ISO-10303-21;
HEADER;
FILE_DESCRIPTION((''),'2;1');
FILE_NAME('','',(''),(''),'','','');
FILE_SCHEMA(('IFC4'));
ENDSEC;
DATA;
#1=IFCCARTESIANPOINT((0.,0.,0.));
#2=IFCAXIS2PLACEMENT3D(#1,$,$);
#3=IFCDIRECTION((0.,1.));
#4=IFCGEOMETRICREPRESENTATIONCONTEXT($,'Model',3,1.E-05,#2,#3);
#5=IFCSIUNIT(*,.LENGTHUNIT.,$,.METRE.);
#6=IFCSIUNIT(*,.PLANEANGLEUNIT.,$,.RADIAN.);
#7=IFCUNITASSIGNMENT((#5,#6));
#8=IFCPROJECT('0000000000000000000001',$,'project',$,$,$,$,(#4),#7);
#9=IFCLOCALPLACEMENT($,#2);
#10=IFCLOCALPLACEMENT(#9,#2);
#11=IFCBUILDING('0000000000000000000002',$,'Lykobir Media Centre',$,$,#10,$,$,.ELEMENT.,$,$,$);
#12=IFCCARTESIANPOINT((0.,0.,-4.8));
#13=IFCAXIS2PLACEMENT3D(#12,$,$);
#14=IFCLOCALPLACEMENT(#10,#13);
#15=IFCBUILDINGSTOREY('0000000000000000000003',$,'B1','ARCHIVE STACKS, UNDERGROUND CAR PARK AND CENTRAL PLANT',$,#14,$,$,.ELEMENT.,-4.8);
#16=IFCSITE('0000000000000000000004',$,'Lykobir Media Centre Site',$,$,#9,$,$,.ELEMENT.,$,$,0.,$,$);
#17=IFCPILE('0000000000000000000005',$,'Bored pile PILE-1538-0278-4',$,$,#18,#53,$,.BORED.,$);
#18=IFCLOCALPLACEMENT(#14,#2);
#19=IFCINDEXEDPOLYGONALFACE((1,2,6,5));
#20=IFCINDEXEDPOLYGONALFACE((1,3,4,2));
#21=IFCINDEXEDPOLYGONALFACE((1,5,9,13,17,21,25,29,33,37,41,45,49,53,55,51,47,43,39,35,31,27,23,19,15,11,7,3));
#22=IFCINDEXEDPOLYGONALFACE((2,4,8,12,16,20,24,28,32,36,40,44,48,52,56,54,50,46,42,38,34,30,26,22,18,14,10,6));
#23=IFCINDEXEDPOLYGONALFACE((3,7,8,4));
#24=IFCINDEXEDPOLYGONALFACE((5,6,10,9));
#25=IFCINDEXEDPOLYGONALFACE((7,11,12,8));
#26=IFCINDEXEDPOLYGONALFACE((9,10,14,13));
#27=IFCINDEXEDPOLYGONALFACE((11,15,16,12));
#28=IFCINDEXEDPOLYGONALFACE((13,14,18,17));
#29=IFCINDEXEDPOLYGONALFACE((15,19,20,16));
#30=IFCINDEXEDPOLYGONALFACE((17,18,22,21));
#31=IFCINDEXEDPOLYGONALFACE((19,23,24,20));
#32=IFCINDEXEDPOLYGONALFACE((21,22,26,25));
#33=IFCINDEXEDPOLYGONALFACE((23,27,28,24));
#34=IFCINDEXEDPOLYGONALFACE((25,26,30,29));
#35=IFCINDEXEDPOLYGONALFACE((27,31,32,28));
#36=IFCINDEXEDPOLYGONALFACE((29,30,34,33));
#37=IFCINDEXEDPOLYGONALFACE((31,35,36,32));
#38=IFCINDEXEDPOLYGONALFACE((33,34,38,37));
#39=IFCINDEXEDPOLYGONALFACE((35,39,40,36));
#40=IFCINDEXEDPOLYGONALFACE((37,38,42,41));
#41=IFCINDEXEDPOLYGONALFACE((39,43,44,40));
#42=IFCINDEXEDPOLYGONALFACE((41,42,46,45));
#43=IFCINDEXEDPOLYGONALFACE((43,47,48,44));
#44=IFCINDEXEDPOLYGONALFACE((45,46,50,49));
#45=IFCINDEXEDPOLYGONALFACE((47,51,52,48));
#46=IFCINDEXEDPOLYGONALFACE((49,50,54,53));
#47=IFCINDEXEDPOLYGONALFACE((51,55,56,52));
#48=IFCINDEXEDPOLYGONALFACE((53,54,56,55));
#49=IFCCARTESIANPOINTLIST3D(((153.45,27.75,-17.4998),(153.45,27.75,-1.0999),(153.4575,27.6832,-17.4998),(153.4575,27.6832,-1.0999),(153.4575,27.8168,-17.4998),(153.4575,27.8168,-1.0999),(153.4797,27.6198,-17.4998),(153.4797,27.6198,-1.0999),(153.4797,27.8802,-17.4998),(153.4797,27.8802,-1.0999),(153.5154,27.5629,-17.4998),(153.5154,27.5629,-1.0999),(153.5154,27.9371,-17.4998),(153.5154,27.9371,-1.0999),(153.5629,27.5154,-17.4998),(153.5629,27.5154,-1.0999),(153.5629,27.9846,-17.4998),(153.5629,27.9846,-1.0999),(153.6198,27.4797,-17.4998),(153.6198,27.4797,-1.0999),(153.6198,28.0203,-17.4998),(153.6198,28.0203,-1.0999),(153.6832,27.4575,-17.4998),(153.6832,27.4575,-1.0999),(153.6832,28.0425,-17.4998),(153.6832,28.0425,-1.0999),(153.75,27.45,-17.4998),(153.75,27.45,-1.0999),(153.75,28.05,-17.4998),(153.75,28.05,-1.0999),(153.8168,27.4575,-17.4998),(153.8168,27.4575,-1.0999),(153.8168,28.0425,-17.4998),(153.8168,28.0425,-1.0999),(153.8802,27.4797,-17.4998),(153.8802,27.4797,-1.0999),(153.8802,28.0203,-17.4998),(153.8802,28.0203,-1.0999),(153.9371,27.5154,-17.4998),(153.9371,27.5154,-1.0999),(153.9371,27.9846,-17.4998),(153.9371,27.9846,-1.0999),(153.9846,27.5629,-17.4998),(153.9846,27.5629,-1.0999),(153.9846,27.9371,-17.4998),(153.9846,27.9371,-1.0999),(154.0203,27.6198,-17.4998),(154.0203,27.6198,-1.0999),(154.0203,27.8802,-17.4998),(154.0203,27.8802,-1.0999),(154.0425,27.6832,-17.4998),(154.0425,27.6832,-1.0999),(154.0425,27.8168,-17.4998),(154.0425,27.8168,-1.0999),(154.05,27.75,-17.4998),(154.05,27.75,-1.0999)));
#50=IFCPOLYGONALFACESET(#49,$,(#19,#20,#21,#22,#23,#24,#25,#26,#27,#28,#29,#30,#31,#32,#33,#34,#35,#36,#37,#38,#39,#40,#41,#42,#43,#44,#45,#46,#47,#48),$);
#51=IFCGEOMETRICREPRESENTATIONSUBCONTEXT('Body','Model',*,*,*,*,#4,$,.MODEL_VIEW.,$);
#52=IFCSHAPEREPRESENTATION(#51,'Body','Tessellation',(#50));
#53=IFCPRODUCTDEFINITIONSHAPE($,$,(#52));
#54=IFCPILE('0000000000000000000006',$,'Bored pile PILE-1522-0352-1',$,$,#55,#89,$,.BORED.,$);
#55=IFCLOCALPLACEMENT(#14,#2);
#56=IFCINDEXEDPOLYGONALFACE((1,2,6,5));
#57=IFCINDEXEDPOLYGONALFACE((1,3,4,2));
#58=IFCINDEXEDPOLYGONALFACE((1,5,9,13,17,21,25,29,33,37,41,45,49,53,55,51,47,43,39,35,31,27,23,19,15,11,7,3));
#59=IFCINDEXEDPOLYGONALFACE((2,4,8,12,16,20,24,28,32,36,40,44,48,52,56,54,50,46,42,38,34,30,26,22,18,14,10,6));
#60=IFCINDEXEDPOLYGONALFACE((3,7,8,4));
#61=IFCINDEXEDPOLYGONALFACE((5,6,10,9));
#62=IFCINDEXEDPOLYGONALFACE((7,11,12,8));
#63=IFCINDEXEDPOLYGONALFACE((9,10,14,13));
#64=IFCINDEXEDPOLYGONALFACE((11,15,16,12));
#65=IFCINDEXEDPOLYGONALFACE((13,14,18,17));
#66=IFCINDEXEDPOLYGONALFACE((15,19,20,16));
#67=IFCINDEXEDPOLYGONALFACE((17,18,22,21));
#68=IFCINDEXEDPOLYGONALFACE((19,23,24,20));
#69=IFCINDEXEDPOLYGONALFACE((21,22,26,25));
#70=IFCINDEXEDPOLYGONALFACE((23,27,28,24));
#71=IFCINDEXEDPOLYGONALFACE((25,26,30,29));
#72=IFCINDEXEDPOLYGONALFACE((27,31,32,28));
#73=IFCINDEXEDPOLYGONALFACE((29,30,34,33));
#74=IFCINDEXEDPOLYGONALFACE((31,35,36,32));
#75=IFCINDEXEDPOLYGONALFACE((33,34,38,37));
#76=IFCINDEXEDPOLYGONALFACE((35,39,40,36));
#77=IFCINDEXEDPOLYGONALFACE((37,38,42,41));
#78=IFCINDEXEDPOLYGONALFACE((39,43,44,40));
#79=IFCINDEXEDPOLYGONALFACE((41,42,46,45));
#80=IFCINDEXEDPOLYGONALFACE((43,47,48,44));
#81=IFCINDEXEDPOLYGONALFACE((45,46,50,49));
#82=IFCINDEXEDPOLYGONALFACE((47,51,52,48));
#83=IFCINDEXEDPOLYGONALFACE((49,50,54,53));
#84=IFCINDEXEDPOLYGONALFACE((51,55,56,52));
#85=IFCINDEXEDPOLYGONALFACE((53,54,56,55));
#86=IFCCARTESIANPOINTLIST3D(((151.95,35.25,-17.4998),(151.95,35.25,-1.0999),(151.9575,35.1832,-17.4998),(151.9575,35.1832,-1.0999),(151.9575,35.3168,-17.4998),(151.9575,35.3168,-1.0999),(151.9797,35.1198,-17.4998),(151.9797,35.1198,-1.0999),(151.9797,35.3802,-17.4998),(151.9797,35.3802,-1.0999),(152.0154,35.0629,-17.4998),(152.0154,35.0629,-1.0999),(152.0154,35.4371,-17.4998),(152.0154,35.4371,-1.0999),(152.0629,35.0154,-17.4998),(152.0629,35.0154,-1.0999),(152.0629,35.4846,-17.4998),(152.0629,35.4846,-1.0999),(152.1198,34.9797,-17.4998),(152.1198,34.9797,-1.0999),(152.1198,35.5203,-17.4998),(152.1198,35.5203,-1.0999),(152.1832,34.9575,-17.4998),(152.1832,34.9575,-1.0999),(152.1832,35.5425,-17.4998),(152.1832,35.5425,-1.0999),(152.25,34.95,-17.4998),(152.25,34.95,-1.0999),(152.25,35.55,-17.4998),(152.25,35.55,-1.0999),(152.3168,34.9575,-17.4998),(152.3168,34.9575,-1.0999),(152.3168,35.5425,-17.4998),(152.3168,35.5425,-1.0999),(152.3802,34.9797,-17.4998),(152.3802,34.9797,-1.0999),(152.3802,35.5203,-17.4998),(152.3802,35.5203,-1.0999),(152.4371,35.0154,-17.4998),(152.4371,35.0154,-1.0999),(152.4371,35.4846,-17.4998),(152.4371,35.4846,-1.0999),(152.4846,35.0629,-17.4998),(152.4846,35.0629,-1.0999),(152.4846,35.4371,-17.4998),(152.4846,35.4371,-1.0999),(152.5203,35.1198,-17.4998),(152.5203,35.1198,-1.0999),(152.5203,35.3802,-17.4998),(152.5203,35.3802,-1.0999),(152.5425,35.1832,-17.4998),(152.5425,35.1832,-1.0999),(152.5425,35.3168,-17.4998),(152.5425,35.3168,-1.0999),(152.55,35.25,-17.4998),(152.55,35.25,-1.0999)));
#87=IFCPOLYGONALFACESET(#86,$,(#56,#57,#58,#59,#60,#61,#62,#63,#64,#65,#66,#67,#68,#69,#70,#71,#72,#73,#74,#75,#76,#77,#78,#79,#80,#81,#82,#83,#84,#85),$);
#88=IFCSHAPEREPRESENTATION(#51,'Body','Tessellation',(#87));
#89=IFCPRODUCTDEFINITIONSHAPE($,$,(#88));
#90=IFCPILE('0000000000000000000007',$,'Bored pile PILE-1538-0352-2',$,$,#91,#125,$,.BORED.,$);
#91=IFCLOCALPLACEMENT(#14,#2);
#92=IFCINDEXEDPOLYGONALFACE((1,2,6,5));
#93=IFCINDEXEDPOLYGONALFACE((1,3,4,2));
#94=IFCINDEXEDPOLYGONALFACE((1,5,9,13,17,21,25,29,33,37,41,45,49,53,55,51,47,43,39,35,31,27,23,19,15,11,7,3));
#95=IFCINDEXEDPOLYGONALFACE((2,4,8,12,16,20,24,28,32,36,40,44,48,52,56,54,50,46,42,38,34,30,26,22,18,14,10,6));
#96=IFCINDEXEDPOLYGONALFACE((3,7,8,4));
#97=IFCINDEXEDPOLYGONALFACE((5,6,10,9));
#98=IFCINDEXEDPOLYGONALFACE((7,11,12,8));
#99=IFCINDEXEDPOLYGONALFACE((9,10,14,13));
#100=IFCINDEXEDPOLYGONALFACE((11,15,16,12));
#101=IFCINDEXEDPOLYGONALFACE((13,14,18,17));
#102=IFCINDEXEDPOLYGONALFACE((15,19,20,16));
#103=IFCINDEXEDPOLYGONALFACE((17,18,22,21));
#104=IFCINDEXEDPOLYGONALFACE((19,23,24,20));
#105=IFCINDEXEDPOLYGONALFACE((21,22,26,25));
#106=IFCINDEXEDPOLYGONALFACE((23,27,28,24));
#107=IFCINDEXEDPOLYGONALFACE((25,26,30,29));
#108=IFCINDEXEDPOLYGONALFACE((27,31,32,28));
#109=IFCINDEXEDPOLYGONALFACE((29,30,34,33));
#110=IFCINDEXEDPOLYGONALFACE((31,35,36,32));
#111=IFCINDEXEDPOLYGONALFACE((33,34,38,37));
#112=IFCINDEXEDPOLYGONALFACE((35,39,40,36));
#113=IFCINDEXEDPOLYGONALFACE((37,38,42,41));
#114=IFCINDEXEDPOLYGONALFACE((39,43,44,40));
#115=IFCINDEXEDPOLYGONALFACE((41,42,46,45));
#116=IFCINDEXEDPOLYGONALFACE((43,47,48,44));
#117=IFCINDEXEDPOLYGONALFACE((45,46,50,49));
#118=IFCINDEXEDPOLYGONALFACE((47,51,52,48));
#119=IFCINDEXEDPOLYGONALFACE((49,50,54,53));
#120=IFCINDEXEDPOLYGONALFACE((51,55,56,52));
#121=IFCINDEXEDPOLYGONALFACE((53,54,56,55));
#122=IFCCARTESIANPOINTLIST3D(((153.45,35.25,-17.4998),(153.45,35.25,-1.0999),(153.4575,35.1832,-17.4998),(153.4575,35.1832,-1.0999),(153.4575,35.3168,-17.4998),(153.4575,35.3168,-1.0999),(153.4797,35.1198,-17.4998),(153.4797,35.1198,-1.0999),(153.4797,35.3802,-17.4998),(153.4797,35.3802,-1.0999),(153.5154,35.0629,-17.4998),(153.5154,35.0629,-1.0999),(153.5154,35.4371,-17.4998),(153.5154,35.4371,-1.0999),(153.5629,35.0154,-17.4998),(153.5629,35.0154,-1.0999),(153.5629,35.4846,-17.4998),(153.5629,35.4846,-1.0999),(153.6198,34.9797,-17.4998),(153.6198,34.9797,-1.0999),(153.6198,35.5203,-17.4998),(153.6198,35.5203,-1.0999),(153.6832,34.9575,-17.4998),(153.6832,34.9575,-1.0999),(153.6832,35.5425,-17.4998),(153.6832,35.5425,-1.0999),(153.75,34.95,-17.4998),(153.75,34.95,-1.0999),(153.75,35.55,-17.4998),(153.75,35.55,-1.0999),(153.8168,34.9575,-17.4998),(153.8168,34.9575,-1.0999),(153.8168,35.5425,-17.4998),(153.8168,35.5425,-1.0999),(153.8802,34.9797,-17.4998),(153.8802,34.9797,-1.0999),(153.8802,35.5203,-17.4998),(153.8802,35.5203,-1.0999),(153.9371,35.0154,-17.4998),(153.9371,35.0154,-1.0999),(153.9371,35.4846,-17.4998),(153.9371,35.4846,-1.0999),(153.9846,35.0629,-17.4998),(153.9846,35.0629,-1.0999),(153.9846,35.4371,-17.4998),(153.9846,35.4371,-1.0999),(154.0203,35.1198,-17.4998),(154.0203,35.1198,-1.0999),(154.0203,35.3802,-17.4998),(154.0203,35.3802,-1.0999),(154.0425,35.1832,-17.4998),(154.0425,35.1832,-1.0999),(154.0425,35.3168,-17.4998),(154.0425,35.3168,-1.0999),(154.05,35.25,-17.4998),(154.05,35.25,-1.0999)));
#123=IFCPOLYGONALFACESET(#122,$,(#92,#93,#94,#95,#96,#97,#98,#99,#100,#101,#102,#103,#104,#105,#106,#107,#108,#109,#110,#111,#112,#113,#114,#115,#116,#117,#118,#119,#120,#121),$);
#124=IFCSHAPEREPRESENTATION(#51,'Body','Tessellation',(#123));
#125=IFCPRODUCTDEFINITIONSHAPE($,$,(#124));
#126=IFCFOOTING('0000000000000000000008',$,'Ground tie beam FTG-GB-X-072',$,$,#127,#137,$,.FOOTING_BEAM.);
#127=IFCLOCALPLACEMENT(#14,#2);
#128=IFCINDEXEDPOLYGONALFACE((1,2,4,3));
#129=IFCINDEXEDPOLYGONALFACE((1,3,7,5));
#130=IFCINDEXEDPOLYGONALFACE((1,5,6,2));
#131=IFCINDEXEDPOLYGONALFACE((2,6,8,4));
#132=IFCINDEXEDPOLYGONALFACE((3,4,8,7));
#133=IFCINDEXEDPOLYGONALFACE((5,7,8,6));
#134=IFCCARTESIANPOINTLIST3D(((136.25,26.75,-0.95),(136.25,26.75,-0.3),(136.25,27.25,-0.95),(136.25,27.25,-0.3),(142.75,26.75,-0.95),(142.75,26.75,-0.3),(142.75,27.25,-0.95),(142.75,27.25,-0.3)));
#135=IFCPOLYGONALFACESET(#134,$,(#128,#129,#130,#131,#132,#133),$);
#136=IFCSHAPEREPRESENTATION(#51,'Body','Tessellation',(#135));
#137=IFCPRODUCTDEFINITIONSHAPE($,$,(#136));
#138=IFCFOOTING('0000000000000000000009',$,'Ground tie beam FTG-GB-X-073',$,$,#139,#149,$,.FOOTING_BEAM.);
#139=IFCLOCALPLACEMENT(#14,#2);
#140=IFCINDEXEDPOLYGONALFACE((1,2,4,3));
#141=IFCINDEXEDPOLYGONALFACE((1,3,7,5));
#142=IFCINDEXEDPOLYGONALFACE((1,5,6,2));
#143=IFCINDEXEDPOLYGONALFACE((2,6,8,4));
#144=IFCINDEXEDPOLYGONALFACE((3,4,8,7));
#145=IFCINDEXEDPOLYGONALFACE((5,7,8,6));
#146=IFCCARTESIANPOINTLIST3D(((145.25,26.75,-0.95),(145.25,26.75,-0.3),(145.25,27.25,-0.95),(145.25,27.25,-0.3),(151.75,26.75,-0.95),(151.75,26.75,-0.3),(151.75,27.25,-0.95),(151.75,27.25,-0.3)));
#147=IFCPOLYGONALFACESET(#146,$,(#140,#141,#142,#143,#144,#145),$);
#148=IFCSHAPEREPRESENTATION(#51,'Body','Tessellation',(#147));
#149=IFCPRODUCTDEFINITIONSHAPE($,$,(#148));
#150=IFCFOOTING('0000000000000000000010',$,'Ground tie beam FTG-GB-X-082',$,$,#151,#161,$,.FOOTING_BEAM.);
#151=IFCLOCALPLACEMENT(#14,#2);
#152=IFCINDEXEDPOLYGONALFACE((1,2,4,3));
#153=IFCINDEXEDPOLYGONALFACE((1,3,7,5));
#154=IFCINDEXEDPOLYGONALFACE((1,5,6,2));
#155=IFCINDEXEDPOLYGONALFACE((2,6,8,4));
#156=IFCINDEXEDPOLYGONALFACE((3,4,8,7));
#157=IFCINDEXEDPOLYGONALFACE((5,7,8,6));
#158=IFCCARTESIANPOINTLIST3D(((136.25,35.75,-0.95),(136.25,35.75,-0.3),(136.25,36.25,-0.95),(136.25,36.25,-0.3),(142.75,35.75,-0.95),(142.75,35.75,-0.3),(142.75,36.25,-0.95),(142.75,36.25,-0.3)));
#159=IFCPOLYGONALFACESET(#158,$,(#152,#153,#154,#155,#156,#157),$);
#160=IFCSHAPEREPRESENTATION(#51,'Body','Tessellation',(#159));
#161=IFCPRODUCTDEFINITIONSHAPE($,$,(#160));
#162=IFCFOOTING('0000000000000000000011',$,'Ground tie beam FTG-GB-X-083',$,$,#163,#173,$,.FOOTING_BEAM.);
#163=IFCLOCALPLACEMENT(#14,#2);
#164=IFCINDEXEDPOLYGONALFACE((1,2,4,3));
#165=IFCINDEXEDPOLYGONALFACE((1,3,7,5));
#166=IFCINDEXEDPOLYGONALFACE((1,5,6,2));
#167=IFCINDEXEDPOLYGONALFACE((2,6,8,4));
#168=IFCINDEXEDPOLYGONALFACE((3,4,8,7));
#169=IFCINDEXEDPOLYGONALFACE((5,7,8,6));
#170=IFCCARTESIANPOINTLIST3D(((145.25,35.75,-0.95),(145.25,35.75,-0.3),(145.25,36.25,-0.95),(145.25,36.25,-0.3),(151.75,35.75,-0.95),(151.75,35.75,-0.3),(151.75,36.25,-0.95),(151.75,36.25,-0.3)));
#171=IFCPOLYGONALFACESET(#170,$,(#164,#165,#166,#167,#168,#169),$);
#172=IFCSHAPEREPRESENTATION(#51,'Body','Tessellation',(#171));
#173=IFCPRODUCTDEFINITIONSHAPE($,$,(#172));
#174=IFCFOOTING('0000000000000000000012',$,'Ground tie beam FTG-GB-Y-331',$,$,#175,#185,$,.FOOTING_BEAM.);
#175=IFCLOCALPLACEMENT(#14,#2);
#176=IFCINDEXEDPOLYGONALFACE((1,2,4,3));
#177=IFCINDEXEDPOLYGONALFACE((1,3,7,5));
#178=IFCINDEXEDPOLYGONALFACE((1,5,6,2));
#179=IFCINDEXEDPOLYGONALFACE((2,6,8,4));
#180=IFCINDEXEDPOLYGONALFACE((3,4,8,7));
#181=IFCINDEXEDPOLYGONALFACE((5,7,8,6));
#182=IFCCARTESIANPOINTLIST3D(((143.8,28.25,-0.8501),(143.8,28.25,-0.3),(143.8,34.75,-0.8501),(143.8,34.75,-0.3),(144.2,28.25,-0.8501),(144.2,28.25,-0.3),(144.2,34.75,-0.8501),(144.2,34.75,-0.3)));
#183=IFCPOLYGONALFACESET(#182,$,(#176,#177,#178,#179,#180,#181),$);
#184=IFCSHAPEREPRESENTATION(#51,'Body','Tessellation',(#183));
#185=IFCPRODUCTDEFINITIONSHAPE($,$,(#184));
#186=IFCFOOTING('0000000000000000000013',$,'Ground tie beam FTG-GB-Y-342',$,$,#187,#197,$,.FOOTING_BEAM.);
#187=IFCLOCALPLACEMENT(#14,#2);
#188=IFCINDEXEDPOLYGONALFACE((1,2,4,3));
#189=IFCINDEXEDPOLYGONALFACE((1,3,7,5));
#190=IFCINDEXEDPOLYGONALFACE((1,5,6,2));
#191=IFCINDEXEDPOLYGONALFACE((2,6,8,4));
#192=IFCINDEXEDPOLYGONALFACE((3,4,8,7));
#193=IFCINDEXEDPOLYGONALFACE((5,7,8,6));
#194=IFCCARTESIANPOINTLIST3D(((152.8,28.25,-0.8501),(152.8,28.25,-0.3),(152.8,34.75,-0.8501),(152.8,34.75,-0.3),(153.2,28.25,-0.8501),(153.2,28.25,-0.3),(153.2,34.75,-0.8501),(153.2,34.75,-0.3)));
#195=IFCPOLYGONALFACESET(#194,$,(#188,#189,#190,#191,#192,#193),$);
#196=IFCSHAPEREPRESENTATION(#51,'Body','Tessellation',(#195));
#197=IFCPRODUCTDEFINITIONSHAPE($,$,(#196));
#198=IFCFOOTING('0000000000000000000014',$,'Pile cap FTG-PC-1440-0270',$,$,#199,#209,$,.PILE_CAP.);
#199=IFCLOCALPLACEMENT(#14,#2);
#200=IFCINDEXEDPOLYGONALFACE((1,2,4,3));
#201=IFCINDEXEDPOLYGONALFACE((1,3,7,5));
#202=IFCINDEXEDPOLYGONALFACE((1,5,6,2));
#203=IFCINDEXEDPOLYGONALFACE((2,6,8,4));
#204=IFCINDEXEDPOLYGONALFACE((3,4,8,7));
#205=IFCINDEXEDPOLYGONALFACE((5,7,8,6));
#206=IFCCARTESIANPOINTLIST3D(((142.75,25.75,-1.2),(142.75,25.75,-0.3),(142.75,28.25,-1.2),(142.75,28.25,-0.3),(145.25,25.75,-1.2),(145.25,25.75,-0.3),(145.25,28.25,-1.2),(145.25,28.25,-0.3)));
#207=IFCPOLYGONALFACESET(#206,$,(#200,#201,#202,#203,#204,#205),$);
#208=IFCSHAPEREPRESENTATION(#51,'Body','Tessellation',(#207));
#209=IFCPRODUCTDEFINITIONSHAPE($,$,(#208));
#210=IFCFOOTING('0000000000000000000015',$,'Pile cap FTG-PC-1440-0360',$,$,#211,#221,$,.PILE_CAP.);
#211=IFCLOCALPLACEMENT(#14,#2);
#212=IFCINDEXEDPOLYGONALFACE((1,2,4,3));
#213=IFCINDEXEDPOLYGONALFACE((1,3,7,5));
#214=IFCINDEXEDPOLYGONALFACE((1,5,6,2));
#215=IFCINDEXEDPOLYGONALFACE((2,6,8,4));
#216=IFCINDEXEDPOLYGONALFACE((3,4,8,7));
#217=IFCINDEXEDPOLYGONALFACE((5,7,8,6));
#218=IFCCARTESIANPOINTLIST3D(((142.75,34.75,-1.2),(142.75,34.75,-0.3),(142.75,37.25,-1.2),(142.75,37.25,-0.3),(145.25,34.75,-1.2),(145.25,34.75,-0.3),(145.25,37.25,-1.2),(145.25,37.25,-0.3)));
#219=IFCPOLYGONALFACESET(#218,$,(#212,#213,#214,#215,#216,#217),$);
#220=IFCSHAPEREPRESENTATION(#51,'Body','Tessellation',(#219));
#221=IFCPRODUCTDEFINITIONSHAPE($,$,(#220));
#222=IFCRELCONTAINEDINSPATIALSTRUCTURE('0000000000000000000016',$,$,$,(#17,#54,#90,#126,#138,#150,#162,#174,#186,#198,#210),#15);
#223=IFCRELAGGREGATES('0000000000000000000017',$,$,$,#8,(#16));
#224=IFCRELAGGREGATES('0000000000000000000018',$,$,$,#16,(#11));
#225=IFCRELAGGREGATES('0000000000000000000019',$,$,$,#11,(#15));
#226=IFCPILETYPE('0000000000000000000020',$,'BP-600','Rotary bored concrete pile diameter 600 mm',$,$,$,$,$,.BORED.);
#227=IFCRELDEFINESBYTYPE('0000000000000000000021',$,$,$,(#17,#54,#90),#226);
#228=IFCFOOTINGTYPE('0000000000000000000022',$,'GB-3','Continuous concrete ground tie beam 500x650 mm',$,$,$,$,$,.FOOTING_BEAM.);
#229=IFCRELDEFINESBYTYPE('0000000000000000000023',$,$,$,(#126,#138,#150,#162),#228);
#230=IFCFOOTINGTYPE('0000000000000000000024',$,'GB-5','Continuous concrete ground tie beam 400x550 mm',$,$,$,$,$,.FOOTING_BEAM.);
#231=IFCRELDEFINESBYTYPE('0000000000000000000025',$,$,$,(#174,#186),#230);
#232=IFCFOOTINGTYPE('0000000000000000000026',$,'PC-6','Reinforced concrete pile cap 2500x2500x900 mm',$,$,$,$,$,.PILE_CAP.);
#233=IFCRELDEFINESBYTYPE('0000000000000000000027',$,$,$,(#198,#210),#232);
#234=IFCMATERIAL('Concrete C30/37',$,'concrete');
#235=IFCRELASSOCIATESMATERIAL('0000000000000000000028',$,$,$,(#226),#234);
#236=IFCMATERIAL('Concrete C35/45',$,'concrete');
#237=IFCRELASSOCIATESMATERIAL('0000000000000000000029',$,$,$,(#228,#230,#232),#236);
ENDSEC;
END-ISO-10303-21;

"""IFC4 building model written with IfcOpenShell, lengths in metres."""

from ifc_helpers import new_model, si_unit, direction, frame, origin, origin_2d, place, context, subcontext, project, spatial, rectangle, circle, extrude, material, material_profile, profile_set, type_object, element, save


model = new_model("IFC4")

# Units and contexts
model_context = context("Model", 3, precision=1e-05, world=origin(), true_north=direction((0.0, 1.0)))
body_context = subcontext(model_context, "Body", "Model", "MODEL_VIEW")
ifc_project = project(units=[si_unit("LENGTHUNIT", "METRE"), si_unit("PLANEANGLEUNIT", "RADIAN")], contexts=[model_context])

# Site, building, storey
site_placement = place(None, origin())
site = spatial("IfcSite", under=ifc_project, at=site_placement, Name="Lykobir Media Centre Site", CompositionType="ELEMENT", RefElevation=0.0)
building_placement = place(site_placement, origin())
building = spatial("IfcBuilding", under=site, at=building_placement, Name="Lykobir Media Centre", CompositionType="ELEMENT")
storey_placement = place(building_placement, frame((0.0, 0.0, -4.8)))
storey = spatial("IfcBuildingStorey", under=building, at=storey_placement, Name="B1", Description="ARCHIVE STACKS, UNDERGROUND CAR PARK AND CENTRAL PLANT", CompositionType="ELEMENT", Elevation=-4.8)

# Piles
ifc_material_1 = material(Name="Concrete C30/37", Category="concrete")
ifc_material_profile_1 = material_profile(ifc_material_1, circle(Radius=0.3, at=origin_2d()), Name="BORED PILE D600")
ifc_profile_set_1 = profile_set([ifc_material_profile_1], Name="Concrete C30/37")
pile_type = type_object("IfcPileType", Name="BP-600", Description="Rotary bored concrete pile diameter 600 mm", PredefinedType="BORED", material=ifc_profile_set_1)
for number, where, z_axis, x_axis, name in (
    (1, (153.75, 27.75, -1.0999), (0.0, 0.0, -1.0), (1.0, 0.0, 0.0), "Bored pile PILE-1538-0278-4"),
    (2, (152.25, 35.25, -1.0999), (0.0, 0.0, -1.0), (1.0, 0.0, 0.0), "Bored pile PILE-1522-0352-1"),
    (3, (153.75, 35.25, -1.0999), (0.0, 0.0, -1.0), (1.0, 0.0, 0.0), "Bored pile PILE-1538-0352-2"),
):
    element("IfcPile", number, at=place(storey_placement, frame(where, z_axis=z_axis, x_axis=x_axis)), inside=storey, type_object=pile_type, Name=name, PredefinedType="BORED", context=body_context, shape_type="SweptSolid", body=[
        extrude(circle(Radius=0.3, at=origin_2d()), origin(), (0.0, 0.0, 1.0), 16.3999),
    ])

# Footings
ifc_material_2 = material(Name="Concrete C35/45", Category="concrete")
footing_type_1 = type_object("IfcFootingType", Name="GB-3", Description="Continuous concrete ground tie beam 500x650 mm", PredefinedType="FOOTING_BEAM", material=ifc_material_2)
for number, where, z_axis, x_axis, name in (
    (4, (139.5, 27.0, -0.95), (0.0, 0.0, 1.0), (1.0, 0.0, 0.0), "Ground tie beam FTG-GB-X-072"),
    (5, (148.5, 27.0, -0.95), (0.0, 0.0, 1.0), (1.0, 0.0, 0.0), "Ground tie beam FTG-GB-X-073"),
    (6, (139.5, 36.0, -0.95), (0.0, 0.0, 1.0), (1.0, 0.0, 0.0), "Ground tie beam FTG-GB-X-082"),
    (7, (148.5, 36.0, -0.95), (0.0, 0.0, 1.0), (1.0, 0.0, 0.0), "Ground tie beam FTG-GB-X-083"),
):
    element("IfcFooting", number, at=place(storey_placement, frame(where, z_axis=z_axis, x_axis=x_axis)), inside=storey, type_object=footing_type_1, Name=name, PredefinedType="FOOTING_BEAM", context=body_context, shape_type="SweptSolid", body=[
        extrude(rectangle(XDim=6.5, YDim=0.5, at=origin_2d()), origin(), (0.0, 0.0, 1.0), 0.6499),
    ])
footing_type_2 = type_object("IfcFootingType", Name="GB-5", Description="Continuous concrete ground tie beam 400x550 mm", PredefinedType="FOOTING_BEAM", material=ifc_material_2)
for number, where, z_axis, x_axis, name in (
    (8, (144.0, 31.5, -0.8501), (0.0, 0.0, 1.0), (0.0, 1.0, 0.0), "Ground tie beam FTG-GB-Y-331"),
    (9, (153.0, 31.5, -0.8501), (0.0, 0.0, 1.0), (0.0, 1.0, 0.0), "Ground tie beam FTG-GB-Y-342"),
):
    element("IfcFooting", number, at=place(storey_placement, frame(where, z_axis=z_axis, x_axis=x_axis)), inside=storey, type_object=footing_type_2, Name=name, PredefinedType="FOOTING_BEAM", context=body_context, shape_type="SweptSolid", body=[
        extrude(rectangle(XDim=6.5, YDim=0.3999, at=origin_2d()), origin(), (0.0, 0.0, 1.0), 0.55),
    ])
footing_type_3 = type_object("IfcFootingType", Name="PC-6", Description="Reinforced concrete pile cap 2500x2500x900 mm", PredefinedType="PILE_CAP", material=ifc_material_2)
for number, where, z_axis, x_axis, name in (
    (10, (144.0, 27.0, -1.2), (0.0, 0.0, 1.0), (1.0, 0.0, 0.0), "Pile cap FTG-PC-1440-0270"),
    (11, (144.0, 36.0, -1.2), (0.0, 0.0, 1.0), (1.0, 0.0, 0.0), "Pile cap FTG-PC-1440-0360"),
):
    element("IfcFooting", number, at=place(storey_placement, frame(where, z_axis=z_axis, x_axis=x_axis)), inside=storey, type_object=footing_type_3, Name=name, PredefinedType="PILE_CAP", context=body_context, shape_type="SweptSolid", body=[
        extrude(rectangle(XDim=2.5, YDim=2.5, at=origin_2d()), origin(), (0.0, 0.0, 1.0), 0.8999),
    ])

save(model, "model.ifc")
